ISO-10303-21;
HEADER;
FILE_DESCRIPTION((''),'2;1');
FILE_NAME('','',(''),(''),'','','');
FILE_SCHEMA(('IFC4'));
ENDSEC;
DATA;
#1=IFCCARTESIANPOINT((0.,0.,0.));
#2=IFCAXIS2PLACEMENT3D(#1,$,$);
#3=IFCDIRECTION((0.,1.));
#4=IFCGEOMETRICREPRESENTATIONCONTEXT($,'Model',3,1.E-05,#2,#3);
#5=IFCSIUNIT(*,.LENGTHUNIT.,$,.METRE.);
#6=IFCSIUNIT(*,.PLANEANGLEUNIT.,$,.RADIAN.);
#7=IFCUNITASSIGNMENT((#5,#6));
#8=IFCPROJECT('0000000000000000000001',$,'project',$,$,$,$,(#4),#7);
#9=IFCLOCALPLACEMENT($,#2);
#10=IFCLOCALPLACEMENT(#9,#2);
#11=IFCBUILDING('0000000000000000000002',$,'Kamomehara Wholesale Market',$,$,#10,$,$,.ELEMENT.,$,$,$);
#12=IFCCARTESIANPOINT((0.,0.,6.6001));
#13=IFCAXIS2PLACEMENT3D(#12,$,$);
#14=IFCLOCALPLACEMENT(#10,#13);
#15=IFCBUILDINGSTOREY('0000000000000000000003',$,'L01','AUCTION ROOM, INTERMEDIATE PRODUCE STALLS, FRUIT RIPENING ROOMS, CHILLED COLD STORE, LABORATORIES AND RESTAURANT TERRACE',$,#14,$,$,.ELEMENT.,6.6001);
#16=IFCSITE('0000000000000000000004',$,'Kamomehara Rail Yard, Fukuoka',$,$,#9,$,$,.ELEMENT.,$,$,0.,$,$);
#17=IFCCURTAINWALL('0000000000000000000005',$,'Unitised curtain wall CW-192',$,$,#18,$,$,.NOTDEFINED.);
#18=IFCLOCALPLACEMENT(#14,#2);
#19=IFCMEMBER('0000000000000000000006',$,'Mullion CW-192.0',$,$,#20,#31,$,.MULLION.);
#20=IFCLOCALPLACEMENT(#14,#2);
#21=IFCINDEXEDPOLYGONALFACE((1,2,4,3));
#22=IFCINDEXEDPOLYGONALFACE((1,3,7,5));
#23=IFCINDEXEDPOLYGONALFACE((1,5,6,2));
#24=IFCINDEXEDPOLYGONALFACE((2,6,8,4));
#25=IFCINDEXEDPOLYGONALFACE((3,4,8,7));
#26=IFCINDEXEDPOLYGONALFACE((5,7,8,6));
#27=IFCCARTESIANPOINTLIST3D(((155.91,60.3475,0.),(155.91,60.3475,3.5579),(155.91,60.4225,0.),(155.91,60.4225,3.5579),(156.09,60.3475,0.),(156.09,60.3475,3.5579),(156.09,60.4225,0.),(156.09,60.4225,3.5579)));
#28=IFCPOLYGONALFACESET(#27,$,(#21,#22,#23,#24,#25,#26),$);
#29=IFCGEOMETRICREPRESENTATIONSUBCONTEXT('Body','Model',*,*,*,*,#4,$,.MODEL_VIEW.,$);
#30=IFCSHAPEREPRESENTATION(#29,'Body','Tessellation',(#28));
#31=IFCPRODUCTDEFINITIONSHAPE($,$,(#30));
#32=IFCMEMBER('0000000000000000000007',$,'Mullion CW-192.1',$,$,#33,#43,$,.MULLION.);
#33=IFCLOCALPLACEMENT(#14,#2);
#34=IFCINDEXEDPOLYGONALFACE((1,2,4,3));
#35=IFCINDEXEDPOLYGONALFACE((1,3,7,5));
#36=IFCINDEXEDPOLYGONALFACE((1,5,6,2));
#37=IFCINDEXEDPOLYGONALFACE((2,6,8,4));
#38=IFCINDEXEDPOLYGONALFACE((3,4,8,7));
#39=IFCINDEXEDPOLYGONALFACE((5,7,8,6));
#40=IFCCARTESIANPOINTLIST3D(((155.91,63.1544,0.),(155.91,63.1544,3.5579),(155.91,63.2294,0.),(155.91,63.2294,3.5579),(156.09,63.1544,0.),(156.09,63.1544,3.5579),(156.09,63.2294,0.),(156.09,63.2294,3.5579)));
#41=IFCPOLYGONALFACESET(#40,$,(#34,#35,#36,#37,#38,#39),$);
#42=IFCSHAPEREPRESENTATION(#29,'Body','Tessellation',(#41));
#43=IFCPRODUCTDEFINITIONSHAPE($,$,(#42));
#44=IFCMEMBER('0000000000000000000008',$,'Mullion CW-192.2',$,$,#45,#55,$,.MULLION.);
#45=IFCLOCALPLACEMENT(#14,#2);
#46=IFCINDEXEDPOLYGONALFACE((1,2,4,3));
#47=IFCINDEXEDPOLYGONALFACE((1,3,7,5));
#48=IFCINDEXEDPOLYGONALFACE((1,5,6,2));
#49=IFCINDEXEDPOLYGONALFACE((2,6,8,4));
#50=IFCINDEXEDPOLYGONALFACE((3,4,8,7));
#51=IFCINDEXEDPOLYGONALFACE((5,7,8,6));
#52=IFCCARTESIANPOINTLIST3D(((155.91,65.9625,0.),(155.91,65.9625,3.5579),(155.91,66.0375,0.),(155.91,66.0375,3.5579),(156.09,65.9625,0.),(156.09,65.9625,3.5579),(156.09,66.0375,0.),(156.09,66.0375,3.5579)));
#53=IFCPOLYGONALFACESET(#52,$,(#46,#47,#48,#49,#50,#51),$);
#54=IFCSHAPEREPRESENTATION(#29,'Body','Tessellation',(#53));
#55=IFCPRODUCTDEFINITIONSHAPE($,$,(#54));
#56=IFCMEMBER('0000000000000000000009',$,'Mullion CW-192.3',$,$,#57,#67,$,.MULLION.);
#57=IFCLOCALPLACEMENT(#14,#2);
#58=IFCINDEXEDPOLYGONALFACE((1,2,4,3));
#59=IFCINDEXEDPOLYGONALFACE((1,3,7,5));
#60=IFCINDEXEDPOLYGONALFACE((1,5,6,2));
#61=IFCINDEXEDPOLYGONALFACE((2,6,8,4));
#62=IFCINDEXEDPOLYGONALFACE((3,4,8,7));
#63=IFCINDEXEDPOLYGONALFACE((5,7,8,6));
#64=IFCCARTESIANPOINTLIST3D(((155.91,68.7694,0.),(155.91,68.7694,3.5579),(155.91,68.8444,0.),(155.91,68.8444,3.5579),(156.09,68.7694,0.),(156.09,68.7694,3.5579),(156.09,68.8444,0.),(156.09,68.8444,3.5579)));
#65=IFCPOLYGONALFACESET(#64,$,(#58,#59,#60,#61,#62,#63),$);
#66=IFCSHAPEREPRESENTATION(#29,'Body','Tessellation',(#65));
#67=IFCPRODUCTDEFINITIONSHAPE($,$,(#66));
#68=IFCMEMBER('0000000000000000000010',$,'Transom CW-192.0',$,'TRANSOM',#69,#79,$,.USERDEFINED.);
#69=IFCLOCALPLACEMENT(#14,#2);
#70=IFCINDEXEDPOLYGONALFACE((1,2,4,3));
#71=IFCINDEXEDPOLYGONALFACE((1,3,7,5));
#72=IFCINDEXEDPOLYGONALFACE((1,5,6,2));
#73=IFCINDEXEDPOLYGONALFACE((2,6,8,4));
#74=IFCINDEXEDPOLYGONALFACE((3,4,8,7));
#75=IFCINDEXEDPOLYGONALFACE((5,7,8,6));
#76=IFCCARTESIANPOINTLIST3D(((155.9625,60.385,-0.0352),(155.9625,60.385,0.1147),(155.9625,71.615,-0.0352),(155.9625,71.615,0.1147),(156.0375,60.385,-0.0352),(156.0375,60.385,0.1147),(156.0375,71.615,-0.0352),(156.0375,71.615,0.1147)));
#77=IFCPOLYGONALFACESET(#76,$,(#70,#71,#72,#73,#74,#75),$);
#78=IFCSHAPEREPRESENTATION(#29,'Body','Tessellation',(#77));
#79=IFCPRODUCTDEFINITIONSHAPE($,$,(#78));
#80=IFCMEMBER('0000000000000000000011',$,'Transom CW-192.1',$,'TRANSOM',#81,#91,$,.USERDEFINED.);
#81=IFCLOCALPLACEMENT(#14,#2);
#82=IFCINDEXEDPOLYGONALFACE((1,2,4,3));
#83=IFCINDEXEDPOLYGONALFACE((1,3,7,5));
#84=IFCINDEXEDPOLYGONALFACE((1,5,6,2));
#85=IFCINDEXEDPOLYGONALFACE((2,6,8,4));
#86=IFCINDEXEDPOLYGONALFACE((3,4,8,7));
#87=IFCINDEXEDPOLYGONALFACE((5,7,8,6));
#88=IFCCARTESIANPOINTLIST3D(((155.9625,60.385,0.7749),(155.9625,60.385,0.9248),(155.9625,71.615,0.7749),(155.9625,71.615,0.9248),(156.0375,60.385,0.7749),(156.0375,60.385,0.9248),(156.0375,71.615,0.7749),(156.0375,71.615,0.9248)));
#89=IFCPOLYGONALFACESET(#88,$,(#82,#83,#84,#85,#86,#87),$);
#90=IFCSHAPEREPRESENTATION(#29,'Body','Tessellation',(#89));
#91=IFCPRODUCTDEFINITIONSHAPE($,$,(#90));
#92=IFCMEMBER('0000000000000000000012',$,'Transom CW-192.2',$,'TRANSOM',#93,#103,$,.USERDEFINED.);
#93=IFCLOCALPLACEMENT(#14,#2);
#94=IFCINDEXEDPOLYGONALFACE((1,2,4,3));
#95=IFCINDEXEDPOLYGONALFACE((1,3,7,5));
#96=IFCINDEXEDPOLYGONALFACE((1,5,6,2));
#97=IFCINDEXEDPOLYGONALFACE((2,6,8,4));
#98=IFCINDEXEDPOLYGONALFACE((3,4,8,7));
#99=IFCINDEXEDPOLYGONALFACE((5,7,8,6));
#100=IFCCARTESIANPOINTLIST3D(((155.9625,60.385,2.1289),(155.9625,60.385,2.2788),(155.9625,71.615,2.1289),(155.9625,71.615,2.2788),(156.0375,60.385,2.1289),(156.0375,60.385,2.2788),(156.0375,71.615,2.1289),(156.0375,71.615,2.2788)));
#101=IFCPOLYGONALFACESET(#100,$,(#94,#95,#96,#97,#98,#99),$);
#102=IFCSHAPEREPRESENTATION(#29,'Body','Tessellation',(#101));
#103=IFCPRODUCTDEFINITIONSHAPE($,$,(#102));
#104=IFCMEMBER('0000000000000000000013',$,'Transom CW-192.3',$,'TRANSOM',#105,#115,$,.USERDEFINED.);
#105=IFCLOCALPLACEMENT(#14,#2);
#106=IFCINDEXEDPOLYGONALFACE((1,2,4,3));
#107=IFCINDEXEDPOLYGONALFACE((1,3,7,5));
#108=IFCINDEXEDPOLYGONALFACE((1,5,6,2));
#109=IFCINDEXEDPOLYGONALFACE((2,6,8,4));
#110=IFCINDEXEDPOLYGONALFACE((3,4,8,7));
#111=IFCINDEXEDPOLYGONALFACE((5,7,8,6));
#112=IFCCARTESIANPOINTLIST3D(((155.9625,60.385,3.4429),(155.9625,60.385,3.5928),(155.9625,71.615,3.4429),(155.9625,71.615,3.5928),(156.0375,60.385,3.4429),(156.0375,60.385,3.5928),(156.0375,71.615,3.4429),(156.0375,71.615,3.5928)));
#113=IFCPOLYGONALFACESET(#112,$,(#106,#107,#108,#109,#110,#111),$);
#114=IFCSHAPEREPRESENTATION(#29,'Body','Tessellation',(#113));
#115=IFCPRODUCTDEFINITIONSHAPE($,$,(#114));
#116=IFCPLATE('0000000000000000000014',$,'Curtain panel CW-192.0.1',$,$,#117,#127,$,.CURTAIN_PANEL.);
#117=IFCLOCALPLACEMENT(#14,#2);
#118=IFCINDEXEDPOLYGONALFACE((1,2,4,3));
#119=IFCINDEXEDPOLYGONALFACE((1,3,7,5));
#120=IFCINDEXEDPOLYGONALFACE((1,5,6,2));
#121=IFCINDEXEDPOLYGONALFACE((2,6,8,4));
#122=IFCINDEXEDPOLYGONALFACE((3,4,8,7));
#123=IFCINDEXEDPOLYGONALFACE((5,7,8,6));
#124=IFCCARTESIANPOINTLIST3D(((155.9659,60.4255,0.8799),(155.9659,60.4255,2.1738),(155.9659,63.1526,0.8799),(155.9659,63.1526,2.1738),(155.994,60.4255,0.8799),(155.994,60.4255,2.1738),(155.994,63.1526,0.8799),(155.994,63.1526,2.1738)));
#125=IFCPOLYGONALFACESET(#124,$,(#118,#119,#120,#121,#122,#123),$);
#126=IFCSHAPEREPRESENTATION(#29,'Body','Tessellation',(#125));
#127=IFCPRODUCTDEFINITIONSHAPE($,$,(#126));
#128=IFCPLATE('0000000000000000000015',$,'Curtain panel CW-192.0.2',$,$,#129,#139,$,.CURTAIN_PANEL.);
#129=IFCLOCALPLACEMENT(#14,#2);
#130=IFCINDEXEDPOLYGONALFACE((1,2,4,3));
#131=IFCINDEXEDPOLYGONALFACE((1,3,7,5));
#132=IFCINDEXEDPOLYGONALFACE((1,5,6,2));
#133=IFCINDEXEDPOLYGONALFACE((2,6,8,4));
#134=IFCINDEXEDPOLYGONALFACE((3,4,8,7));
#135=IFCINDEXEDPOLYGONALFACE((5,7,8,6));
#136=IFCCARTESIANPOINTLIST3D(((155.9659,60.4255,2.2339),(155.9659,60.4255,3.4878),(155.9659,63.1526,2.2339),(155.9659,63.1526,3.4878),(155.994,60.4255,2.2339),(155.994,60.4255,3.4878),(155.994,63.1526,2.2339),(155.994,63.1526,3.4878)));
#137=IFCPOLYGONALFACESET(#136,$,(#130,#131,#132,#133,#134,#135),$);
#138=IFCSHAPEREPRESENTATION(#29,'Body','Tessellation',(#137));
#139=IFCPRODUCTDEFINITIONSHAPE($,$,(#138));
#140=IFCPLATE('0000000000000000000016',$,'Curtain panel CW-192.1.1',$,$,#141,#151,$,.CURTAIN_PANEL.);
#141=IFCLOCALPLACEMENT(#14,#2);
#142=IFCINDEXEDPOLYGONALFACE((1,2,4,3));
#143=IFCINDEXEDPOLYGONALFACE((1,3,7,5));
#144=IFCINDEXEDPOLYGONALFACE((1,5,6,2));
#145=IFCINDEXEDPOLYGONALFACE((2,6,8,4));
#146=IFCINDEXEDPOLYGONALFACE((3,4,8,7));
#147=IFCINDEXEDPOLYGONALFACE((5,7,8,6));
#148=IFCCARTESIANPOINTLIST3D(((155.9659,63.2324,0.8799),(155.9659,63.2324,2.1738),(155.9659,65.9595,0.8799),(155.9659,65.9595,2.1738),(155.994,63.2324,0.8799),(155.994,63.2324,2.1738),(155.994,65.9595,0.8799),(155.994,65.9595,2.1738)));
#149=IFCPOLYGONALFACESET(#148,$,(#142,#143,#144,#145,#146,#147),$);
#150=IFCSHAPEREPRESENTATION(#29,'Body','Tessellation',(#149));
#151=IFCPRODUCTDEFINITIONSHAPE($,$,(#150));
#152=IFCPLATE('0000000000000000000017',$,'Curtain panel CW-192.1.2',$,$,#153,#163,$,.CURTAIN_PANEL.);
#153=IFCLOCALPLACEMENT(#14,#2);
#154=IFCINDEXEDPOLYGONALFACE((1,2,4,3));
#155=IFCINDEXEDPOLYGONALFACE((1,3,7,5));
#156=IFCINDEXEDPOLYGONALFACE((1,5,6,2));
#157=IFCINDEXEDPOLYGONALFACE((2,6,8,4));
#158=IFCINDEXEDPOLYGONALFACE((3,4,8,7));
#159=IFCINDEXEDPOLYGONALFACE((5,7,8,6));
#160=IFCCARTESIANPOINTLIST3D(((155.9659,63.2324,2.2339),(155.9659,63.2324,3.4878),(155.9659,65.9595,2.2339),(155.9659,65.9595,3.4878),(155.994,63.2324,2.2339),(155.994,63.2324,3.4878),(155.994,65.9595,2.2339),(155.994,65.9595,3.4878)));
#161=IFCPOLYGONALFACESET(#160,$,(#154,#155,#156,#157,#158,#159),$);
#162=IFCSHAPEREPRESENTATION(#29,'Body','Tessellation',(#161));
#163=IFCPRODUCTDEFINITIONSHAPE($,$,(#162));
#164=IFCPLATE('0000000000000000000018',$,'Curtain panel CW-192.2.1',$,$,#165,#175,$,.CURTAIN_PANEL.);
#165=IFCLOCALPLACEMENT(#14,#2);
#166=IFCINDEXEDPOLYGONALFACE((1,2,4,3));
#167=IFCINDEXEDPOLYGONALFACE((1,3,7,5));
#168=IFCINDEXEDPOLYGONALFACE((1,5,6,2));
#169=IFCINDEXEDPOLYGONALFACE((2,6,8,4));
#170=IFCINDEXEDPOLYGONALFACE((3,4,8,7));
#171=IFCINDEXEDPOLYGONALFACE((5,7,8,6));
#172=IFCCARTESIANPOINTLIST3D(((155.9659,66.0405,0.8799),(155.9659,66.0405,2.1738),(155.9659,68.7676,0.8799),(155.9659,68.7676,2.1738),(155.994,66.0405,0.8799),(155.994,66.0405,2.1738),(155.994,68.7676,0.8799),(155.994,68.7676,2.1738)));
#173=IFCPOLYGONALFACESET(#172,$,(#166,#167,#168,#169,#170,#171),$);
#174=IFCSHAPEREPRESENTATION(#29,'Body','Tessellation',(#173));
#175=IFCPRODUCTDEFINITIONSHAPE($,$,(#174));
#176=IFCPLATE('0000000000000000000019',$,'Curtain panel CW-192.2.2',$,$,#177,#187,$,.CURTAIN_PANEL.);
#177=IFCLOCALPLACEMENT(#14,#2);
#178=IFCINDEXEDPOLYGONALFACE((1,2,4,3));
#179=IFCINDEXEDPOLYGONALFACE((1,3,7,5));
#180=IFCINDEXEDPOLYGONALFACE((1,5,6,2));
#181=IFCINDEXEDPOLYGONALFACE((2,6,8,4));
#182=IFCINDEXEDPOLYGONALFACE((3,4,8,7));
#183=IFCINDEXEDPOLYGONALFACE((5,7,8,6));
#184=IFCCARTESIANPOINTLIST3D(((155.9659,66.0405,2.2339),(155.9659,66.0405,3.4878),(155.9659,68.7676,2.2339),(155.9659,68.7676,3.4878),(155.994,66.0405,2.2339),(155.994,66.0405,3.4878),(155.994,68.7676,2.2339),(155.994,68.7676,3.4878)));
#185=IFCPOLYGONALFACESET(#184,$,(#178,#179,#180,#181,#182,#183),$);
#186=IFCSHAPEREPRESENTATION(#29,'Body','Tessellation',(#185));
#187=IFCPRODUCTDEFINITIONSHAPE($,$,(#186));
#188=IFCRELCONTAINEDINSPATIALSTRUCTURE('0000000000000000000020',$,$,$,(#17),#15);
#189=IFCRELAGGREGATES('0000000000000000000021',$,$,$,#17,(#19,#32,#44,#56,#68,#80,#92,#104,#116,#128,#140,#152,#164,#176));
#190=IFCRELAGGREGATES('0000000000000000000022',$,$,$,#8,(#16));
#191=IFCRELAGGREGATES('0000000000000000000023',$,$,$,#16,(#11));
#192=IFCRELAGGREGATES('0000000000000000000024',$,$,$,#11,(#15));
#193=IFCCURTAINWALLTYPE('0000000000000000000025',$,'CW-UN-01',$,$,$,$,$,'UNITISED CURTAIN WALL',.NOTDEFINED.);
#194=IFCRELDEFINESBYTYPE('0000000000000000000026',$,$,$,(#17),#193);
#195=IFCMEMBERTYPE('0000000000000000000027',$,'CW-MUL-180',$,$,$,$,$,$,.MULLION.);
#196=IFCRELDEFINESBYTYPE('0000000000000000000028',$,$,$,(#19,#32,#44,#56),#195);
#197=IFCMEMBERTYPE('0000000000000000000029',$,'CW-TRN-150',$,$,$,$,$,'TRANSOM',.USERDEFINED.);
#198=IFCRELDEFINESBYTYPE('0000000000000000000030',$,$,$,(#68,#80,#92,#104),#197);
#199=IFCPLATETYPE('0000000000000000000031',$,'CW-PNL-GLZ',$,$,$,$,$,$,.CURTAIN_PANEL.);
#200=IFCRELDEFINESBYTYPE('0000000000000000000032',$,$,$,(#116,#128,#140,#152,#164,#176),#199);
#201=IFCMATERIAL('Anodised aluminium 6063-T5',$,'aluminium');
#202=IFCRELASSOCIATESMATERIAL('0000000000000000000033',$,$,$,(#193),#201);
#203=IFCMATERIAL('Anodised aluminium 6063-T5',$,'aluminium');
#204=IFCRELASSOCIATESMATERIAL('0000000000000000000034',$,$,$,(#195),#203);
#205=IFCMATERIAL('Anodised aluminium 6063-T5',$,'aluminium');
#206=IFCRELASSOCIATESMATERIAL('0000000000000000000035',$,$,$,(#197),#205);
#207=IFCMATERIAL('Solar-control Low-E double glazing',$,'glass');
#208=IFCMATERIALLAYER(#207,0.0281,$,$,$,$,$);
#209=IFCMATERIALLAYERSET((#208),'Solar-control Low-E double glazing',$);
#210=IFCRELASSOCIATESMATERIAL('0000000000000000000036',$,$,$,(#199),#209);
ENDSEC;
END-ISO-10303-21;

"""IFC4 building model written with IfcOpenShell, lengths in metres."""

from ifc_helpers import new_model, si_unit, direction, frame, origin, origin_2d, place, context, subcontext, project, spatial, rectangle, extrude, material, layer, layer_set, material_profile, profile_set, type_object, element, aggregate, save


model = new_model("IFC4")

# Units and contexts
model_context = context("Model", 3, precision=1e-05, world=origin(), true_north=direction((0.0, 1.0)))
body_context = subcontext(model_context, "Body", "Model", "MODEL_VIEW")
ifc_project = project(units=[si_unit("LENGTHUNIT", "METRE"), si_unit("PLANEANGLEUNIT", "RADIAN")], contexts=[model_context])

# Site, building, storey
site_placement = place(None, origin())
site = spatial("IfcSite", under=ifc_project, at=site_placement, Name="Kamomehara Rail Yard, Fukuoka", CompositionType="ELEMENT", RefElevation=0.0)
building_placement = place(site_placement, origin())
building = spatial("IfcBuilding", under=site, at=building_placement, Name="Kamomehara Wholesale Market", CompositionType="ELEMENT")
storey_placement = place(building_placement, frame((0.0, 0.0, 6.6001)))
storey = spatial("IfcBuildingStorey", under=building, at=storey_placement, Name="L01", Description="AUCTION ROOM, INTERMEDIATE PRODUCE STALLS, FRUIT RIPENING ROOMS, CHILLED COLD STORE, LABORATORIES AND RESTAURANT TERRACE", CompositionType="ELEMENT", Elevation=6.6001)

# Curtain wall, members, plates
ifc_material_1 = material(Name="Anodised aluminium 6063-T5", Category="aluminium")
curtain_wall_type = type_object("IfcCurtainWallType", Name="CW-UN-01", ElementType="UNITISED CURTAIN WALL", PredefinedType="NOTDEFINED", material=ifc_material_1)
curtain_wall_placement = place(storey_placement, origin())
curtain_wall = element("IfcCurtainWall", 1, at=curtain_wall_placement, inside=storey, type_object=curtain_wall_type, Name="Unitised curtain wall CW-192", PredefinedType="NOTDEFINED")
ifc_material_2 = material(Name="Anodised aluminium 6063-T5", Category="aluminium")
ifc_material_profile_1 = material_profile(ifc_material_2, rectangle(XDim=0.075, YDim=0.1799, at=origin_2d()), Name="ALU-MUL-75x180")
ifc_profile_set_1 = profile_set([ifc_material_profile_1], Name="Anodised aluminium 6063-T5")
member_type_1 = type_object("IfcMemberType", Name="CW-MUL-180", PredefinedType="MULLION", material=ifc_profile_set_1)
member_1_placement = place(storey_placement, frame((156.0, 60.385, 0.0), z_axis=(0.0, 0.0, 1.0), x_axis=(0.0, 1.0, 0.0)))
member_1 = element("IfcMember", 2, at=member_1_placement, type_object=member_type_1, Name="Mullion CW-192.0", PredefinedType="MULLION", context=body_context, shape_type="SweptSolid", body=[
    extrude(rectangle(XDim=0.075, YDim=0.1799, at=origin_2d()), origin(), (0.0, 0.0, 1.0), 3.5579),
])
member_2_placement = place(storey_placement, frame((156.0, 63.1919, 0.0), z_axis=(0.0, 0.0, 1.0), x_axis=(0.0, 1.0, 0.0)))
member_2 = element("IfcMember", 3, at=member_2_placement, type_object=member_type_1, Name="Mullion CW-192.1", PredefinedType="MULLION", context=body_context, shape_type="SweptSolid", body=[
    extrude(rectangle(XDim=0.075, YDim=0.1799, at=origin_2d()), origin(), (0.0, 0.0, 1.0), 3.5579),
])
member_3_placement = place(storey_placement, frame((156.0, 66.0, 0.0), z_axis=(0.0, 0.0, 1.0), x_axis=(0.0, 1.0, 0.0)))
member_3 = element("IfcMember", 4, at=member_3_placement, type_object=member_type_1, Name="Mullion CW-192.2", PredefinedType="MULLION", context=body_context, shape_type="SweptSolid", body=[
    extrude(rectangle(XDim=0.075, YDim=0.1799, at=origin_2d()), origin(), (0.0, 0.0, 1.0), 3.5579),
])
member_4_placement = place(storey_placement, frame((156.0, 68.8069, 0.0), z_axis=(0.0, 0.0, 1.0), x_axis=(0.0, 1.0, 0.0)))
member_4 = element("IfcMember", 5, at=member_4_placement, type_object=member_type_1, Name="Mullion CW-192.3", PredefinedType="MULLION", context=body_context, shape_type="SweptSolid", body=[
    extrude(rectangle(XDim=0.075, YDim=0.1799, at=origin_2d()), origin(), (0.0, 0.0, 1.0), 3.5579),
])
ifc_material_3 = material(Name="Anodised aluminium 6063-T5", Category="aluminium")
ifc_material_profile_2 = material_profile(ifc_material_3, rectangle(XDim=0.075, YDim=0.1499, at=origin_2d()), Name="ALU-TRN-75x150")
ifc_profile_set_2 = profile_set([ifc_material_profile_2], Name="Anodised aluminium 6063-T5")
member_type_2 = type_object("IfcMemberType", Name="CW-TRN-150", ElementType="TRANSOM", PredefinedType="USERDEFINED", material=ifc_profile_set_2)
member_5_placement = place(storey_placement, frame((156.0, 60.385, 0.0398), z_axis=(0.0, 1.0, 0.0), x_axis=(-1.0, 0.0, 0.0)))
member_5 = element("IfcMember", 6, at=member_5_placement, type_object=member_type_2, Name="Transom CW-192.0", ObjectType="TRANSOM", PredefinedType="USERDEFINED", context=body_context, shape_type="SweptSolid", body=[
    extrude(rectangle(XDim=0.075, YDim=0.1499, at=origin_2d()), origin(), (0.0, 0.0, 1.0), 11.23),
])
member_6_placement = place(storey_placement, frame((156.0, 60.385, 0.8499), z_axis=(0.0, 1.0, 0.0), x_axis=(-1.0, 0.0, 0.0)))
member_6 = element("IfcMember", 7, at=member_6_placement, type_object=member_type_2, Name="Transom CW-192.1", ObjectType="TRANSOM", PredefinedType="USERDEFINED", context=body_context, shape_type="SweptSolid", body=[
    extrude(rectangle(XDim=0.075, YDim=0.1499, at=origin_2d()), origin(), (0.0, 0.0, 1.0), 11.23),
])
member_7_placement = place(storey_placement, frame((156.0, 60.385, 2.2039), z_axis=(0.0, 1.0, 0.0), x_axis=(-1.0, 0.0, 0.0)))
member_7 = element("IfcMember", 8, at=member_7_placement, type_object=member_type_2, Name="Transom CW-192.2", ObjectType="TRANSOM", PredefinedType="USERDEFINED", context=body_context, shape_type="SweptSolid", body=[
    extrude(rectangle(XDim=0.075, YDim=0.1499, at=origin_2d()), origin(), (0.0, 0.0, 1.0), 11.23),
])
member_8_placement = place(storey_placement, frame((156.0, 60.385, 3.5178), z_axis=(0.0, 1.0, 0.0), x_axis=(-1.0, 0.0, 0.0)))
member_8 = element("IfcMember", 9, at=member_8_placement, type_object=member_type_2, Name="Transom CW-192.3", ObjectType="TRANSOM", PredefinedType="USERDEFINED", context=body_context, shape_type="SweptSolid", body=[
    extrude(rectangle(XDim=0.075, YDim=0.1499, at=origin_2d()), origin(), (0.0, 0.0, 1.0), 11.23),
])
ifc_material_4 = material(Name="Solar-control Low-E double glazing", Category="glass")
ifc_layer_1 = layer(ifc_material_4, 0.0281)
ifc_layer_set_1 = layer_set([ifc_layer_1], Name="Solar-control Low-E double glazing")
plate_type_1 = type_object("IfcPlateType", Name="CW-PNL-GLZ", PredefinedType="CURTAIN_PANEL", material=ifc_layer_set_1)
plate_1_placement = place(storey_placement, frame((155.98, 61.7891, 0.8799), z_axis=(0.0, 0.0, 1.0), x_axis=(0.0, 1.0, 0.0)))
plate_1 = element("IfcPlate", 10, at=plate_1_placement, type_object=plate_type_1, Name="Curtain panel CW-192.0.1", PredefinedType="CURTAIN_PANEL", context=body_context, shape_type="SweptSolid", body=[
    extrude(rectangle(XDim=2.7271, YDim=0.0281, at=origin_2d()), origin(), (0.0, 0.0, 1.0), 1.2939),
])
plate_2_placement = place(storey_placement, frame((155.98, 61.7891, 2.2339), z_axis=(0.0, 0.0, 1.0), x_axis=(0.0, 1.0, 0.0)))
plate_2 = element("IfcPlate", 11, at=plate_2_placement, type_object=plate_type_1, Name="Curtain panel CW-192.0.2", PredefinedType="CURTAIN_PANEL", context=body_context, shape_type="SweptSolid", body=[
    extrude(rectangle(XDim=2.7271, YDim=0.0281, at=origin_2d()), origin(), (0.0, 0.0, 1.0), 1.2539),
])
plate_3_placement = place(storey_placement, frame((155.98, 64.5959, 0.8799), z_axis=(0.0, 0.0, 1.0), x_axis=(0.0, 1.0, 0.0)))
plate_3 = element("IfcPlate", 12, at=plate_3_placement, type_object=plate_type_1, Name="Curtain panel CW-192.1.1", PredefinedType="CURTAIN_PANEL", context=body_context, shape_type="SweptSolid", body=[
    extrude(rectangle(XDim=2.7271, YDim=0.0281, at=origin_2d()), origin(), (0.0, 0.0, 1.0), 1.2939),
])
plate_4_placement = place(storey_placement, frame((155.98, 64.5959, 2.2339), z_axis=(0.0, 0.0, 1.0), x_axis=(0.0, 1.0, 0.0)))
plate_4 = element("IfcPlate", 13, at=plate_4_placement, type_object=plate_type_1, Name="Curtain panel CW-192.1.2", PredefinedType="CURTAIN_PANEL", context=body_context, shape_type="SweptSolid", body=[
    extrude(rectangle(XDim=2.7271, YDim=0.0281, at=origin_2d()), origin(), (0.0, 0.0, 1.0), 1.2539),
])
plate_5_placement = place(storey_placement, frame((155.98, 67.4041, 0.8799), z_axis=(0.0, 0.0, 1.0), x_axis=(0.0, 1.0, 0.0)))
plate_5 = element("IfcPlate", 14, at=plate_5_placement, type_object=plate_type_1, Name="Curtain panel CW-192.2.1", PredefinedType="CURTAIN_PANEL", context=body_context, shape_type="SweptSolid", body=[
    extrude(rectangle(XDim=2.7271, YDim=0.0281, at=origin_2d()), origin(), (0.0, 0.0, 1.0), 1.2939),
])
plate_6_placement = place(storey_placement, frame((155.98, 67.4041, 2.2339), z_axis=(0.0, 0.0, 1.0), x_axis=(0.0, 1.0, 0.0)))
plate_6 = element("IfcPlate", 15, at=plate_6_placement, type_object=plate_type_1, Name="Curtain panel CW-192.2.2", PredefinedType="CURTAIN_PANEL", context=body_context, shape_type="SweptSolid", body=[
    extrude(rectangle(XDim=2.7271, YDim=0.0281, at=origin_2d()), origin(), (0.0, 0.0, 1.0), 1.2539),
])
aggregate(curtain_wall, [member_1, member_2, member_3, member_4, member_5, member_6, member_7, member_8, plate_1, plate_2, plate_3, plate_4, plate_5, plate_6])

save(model, "model.ifc")
